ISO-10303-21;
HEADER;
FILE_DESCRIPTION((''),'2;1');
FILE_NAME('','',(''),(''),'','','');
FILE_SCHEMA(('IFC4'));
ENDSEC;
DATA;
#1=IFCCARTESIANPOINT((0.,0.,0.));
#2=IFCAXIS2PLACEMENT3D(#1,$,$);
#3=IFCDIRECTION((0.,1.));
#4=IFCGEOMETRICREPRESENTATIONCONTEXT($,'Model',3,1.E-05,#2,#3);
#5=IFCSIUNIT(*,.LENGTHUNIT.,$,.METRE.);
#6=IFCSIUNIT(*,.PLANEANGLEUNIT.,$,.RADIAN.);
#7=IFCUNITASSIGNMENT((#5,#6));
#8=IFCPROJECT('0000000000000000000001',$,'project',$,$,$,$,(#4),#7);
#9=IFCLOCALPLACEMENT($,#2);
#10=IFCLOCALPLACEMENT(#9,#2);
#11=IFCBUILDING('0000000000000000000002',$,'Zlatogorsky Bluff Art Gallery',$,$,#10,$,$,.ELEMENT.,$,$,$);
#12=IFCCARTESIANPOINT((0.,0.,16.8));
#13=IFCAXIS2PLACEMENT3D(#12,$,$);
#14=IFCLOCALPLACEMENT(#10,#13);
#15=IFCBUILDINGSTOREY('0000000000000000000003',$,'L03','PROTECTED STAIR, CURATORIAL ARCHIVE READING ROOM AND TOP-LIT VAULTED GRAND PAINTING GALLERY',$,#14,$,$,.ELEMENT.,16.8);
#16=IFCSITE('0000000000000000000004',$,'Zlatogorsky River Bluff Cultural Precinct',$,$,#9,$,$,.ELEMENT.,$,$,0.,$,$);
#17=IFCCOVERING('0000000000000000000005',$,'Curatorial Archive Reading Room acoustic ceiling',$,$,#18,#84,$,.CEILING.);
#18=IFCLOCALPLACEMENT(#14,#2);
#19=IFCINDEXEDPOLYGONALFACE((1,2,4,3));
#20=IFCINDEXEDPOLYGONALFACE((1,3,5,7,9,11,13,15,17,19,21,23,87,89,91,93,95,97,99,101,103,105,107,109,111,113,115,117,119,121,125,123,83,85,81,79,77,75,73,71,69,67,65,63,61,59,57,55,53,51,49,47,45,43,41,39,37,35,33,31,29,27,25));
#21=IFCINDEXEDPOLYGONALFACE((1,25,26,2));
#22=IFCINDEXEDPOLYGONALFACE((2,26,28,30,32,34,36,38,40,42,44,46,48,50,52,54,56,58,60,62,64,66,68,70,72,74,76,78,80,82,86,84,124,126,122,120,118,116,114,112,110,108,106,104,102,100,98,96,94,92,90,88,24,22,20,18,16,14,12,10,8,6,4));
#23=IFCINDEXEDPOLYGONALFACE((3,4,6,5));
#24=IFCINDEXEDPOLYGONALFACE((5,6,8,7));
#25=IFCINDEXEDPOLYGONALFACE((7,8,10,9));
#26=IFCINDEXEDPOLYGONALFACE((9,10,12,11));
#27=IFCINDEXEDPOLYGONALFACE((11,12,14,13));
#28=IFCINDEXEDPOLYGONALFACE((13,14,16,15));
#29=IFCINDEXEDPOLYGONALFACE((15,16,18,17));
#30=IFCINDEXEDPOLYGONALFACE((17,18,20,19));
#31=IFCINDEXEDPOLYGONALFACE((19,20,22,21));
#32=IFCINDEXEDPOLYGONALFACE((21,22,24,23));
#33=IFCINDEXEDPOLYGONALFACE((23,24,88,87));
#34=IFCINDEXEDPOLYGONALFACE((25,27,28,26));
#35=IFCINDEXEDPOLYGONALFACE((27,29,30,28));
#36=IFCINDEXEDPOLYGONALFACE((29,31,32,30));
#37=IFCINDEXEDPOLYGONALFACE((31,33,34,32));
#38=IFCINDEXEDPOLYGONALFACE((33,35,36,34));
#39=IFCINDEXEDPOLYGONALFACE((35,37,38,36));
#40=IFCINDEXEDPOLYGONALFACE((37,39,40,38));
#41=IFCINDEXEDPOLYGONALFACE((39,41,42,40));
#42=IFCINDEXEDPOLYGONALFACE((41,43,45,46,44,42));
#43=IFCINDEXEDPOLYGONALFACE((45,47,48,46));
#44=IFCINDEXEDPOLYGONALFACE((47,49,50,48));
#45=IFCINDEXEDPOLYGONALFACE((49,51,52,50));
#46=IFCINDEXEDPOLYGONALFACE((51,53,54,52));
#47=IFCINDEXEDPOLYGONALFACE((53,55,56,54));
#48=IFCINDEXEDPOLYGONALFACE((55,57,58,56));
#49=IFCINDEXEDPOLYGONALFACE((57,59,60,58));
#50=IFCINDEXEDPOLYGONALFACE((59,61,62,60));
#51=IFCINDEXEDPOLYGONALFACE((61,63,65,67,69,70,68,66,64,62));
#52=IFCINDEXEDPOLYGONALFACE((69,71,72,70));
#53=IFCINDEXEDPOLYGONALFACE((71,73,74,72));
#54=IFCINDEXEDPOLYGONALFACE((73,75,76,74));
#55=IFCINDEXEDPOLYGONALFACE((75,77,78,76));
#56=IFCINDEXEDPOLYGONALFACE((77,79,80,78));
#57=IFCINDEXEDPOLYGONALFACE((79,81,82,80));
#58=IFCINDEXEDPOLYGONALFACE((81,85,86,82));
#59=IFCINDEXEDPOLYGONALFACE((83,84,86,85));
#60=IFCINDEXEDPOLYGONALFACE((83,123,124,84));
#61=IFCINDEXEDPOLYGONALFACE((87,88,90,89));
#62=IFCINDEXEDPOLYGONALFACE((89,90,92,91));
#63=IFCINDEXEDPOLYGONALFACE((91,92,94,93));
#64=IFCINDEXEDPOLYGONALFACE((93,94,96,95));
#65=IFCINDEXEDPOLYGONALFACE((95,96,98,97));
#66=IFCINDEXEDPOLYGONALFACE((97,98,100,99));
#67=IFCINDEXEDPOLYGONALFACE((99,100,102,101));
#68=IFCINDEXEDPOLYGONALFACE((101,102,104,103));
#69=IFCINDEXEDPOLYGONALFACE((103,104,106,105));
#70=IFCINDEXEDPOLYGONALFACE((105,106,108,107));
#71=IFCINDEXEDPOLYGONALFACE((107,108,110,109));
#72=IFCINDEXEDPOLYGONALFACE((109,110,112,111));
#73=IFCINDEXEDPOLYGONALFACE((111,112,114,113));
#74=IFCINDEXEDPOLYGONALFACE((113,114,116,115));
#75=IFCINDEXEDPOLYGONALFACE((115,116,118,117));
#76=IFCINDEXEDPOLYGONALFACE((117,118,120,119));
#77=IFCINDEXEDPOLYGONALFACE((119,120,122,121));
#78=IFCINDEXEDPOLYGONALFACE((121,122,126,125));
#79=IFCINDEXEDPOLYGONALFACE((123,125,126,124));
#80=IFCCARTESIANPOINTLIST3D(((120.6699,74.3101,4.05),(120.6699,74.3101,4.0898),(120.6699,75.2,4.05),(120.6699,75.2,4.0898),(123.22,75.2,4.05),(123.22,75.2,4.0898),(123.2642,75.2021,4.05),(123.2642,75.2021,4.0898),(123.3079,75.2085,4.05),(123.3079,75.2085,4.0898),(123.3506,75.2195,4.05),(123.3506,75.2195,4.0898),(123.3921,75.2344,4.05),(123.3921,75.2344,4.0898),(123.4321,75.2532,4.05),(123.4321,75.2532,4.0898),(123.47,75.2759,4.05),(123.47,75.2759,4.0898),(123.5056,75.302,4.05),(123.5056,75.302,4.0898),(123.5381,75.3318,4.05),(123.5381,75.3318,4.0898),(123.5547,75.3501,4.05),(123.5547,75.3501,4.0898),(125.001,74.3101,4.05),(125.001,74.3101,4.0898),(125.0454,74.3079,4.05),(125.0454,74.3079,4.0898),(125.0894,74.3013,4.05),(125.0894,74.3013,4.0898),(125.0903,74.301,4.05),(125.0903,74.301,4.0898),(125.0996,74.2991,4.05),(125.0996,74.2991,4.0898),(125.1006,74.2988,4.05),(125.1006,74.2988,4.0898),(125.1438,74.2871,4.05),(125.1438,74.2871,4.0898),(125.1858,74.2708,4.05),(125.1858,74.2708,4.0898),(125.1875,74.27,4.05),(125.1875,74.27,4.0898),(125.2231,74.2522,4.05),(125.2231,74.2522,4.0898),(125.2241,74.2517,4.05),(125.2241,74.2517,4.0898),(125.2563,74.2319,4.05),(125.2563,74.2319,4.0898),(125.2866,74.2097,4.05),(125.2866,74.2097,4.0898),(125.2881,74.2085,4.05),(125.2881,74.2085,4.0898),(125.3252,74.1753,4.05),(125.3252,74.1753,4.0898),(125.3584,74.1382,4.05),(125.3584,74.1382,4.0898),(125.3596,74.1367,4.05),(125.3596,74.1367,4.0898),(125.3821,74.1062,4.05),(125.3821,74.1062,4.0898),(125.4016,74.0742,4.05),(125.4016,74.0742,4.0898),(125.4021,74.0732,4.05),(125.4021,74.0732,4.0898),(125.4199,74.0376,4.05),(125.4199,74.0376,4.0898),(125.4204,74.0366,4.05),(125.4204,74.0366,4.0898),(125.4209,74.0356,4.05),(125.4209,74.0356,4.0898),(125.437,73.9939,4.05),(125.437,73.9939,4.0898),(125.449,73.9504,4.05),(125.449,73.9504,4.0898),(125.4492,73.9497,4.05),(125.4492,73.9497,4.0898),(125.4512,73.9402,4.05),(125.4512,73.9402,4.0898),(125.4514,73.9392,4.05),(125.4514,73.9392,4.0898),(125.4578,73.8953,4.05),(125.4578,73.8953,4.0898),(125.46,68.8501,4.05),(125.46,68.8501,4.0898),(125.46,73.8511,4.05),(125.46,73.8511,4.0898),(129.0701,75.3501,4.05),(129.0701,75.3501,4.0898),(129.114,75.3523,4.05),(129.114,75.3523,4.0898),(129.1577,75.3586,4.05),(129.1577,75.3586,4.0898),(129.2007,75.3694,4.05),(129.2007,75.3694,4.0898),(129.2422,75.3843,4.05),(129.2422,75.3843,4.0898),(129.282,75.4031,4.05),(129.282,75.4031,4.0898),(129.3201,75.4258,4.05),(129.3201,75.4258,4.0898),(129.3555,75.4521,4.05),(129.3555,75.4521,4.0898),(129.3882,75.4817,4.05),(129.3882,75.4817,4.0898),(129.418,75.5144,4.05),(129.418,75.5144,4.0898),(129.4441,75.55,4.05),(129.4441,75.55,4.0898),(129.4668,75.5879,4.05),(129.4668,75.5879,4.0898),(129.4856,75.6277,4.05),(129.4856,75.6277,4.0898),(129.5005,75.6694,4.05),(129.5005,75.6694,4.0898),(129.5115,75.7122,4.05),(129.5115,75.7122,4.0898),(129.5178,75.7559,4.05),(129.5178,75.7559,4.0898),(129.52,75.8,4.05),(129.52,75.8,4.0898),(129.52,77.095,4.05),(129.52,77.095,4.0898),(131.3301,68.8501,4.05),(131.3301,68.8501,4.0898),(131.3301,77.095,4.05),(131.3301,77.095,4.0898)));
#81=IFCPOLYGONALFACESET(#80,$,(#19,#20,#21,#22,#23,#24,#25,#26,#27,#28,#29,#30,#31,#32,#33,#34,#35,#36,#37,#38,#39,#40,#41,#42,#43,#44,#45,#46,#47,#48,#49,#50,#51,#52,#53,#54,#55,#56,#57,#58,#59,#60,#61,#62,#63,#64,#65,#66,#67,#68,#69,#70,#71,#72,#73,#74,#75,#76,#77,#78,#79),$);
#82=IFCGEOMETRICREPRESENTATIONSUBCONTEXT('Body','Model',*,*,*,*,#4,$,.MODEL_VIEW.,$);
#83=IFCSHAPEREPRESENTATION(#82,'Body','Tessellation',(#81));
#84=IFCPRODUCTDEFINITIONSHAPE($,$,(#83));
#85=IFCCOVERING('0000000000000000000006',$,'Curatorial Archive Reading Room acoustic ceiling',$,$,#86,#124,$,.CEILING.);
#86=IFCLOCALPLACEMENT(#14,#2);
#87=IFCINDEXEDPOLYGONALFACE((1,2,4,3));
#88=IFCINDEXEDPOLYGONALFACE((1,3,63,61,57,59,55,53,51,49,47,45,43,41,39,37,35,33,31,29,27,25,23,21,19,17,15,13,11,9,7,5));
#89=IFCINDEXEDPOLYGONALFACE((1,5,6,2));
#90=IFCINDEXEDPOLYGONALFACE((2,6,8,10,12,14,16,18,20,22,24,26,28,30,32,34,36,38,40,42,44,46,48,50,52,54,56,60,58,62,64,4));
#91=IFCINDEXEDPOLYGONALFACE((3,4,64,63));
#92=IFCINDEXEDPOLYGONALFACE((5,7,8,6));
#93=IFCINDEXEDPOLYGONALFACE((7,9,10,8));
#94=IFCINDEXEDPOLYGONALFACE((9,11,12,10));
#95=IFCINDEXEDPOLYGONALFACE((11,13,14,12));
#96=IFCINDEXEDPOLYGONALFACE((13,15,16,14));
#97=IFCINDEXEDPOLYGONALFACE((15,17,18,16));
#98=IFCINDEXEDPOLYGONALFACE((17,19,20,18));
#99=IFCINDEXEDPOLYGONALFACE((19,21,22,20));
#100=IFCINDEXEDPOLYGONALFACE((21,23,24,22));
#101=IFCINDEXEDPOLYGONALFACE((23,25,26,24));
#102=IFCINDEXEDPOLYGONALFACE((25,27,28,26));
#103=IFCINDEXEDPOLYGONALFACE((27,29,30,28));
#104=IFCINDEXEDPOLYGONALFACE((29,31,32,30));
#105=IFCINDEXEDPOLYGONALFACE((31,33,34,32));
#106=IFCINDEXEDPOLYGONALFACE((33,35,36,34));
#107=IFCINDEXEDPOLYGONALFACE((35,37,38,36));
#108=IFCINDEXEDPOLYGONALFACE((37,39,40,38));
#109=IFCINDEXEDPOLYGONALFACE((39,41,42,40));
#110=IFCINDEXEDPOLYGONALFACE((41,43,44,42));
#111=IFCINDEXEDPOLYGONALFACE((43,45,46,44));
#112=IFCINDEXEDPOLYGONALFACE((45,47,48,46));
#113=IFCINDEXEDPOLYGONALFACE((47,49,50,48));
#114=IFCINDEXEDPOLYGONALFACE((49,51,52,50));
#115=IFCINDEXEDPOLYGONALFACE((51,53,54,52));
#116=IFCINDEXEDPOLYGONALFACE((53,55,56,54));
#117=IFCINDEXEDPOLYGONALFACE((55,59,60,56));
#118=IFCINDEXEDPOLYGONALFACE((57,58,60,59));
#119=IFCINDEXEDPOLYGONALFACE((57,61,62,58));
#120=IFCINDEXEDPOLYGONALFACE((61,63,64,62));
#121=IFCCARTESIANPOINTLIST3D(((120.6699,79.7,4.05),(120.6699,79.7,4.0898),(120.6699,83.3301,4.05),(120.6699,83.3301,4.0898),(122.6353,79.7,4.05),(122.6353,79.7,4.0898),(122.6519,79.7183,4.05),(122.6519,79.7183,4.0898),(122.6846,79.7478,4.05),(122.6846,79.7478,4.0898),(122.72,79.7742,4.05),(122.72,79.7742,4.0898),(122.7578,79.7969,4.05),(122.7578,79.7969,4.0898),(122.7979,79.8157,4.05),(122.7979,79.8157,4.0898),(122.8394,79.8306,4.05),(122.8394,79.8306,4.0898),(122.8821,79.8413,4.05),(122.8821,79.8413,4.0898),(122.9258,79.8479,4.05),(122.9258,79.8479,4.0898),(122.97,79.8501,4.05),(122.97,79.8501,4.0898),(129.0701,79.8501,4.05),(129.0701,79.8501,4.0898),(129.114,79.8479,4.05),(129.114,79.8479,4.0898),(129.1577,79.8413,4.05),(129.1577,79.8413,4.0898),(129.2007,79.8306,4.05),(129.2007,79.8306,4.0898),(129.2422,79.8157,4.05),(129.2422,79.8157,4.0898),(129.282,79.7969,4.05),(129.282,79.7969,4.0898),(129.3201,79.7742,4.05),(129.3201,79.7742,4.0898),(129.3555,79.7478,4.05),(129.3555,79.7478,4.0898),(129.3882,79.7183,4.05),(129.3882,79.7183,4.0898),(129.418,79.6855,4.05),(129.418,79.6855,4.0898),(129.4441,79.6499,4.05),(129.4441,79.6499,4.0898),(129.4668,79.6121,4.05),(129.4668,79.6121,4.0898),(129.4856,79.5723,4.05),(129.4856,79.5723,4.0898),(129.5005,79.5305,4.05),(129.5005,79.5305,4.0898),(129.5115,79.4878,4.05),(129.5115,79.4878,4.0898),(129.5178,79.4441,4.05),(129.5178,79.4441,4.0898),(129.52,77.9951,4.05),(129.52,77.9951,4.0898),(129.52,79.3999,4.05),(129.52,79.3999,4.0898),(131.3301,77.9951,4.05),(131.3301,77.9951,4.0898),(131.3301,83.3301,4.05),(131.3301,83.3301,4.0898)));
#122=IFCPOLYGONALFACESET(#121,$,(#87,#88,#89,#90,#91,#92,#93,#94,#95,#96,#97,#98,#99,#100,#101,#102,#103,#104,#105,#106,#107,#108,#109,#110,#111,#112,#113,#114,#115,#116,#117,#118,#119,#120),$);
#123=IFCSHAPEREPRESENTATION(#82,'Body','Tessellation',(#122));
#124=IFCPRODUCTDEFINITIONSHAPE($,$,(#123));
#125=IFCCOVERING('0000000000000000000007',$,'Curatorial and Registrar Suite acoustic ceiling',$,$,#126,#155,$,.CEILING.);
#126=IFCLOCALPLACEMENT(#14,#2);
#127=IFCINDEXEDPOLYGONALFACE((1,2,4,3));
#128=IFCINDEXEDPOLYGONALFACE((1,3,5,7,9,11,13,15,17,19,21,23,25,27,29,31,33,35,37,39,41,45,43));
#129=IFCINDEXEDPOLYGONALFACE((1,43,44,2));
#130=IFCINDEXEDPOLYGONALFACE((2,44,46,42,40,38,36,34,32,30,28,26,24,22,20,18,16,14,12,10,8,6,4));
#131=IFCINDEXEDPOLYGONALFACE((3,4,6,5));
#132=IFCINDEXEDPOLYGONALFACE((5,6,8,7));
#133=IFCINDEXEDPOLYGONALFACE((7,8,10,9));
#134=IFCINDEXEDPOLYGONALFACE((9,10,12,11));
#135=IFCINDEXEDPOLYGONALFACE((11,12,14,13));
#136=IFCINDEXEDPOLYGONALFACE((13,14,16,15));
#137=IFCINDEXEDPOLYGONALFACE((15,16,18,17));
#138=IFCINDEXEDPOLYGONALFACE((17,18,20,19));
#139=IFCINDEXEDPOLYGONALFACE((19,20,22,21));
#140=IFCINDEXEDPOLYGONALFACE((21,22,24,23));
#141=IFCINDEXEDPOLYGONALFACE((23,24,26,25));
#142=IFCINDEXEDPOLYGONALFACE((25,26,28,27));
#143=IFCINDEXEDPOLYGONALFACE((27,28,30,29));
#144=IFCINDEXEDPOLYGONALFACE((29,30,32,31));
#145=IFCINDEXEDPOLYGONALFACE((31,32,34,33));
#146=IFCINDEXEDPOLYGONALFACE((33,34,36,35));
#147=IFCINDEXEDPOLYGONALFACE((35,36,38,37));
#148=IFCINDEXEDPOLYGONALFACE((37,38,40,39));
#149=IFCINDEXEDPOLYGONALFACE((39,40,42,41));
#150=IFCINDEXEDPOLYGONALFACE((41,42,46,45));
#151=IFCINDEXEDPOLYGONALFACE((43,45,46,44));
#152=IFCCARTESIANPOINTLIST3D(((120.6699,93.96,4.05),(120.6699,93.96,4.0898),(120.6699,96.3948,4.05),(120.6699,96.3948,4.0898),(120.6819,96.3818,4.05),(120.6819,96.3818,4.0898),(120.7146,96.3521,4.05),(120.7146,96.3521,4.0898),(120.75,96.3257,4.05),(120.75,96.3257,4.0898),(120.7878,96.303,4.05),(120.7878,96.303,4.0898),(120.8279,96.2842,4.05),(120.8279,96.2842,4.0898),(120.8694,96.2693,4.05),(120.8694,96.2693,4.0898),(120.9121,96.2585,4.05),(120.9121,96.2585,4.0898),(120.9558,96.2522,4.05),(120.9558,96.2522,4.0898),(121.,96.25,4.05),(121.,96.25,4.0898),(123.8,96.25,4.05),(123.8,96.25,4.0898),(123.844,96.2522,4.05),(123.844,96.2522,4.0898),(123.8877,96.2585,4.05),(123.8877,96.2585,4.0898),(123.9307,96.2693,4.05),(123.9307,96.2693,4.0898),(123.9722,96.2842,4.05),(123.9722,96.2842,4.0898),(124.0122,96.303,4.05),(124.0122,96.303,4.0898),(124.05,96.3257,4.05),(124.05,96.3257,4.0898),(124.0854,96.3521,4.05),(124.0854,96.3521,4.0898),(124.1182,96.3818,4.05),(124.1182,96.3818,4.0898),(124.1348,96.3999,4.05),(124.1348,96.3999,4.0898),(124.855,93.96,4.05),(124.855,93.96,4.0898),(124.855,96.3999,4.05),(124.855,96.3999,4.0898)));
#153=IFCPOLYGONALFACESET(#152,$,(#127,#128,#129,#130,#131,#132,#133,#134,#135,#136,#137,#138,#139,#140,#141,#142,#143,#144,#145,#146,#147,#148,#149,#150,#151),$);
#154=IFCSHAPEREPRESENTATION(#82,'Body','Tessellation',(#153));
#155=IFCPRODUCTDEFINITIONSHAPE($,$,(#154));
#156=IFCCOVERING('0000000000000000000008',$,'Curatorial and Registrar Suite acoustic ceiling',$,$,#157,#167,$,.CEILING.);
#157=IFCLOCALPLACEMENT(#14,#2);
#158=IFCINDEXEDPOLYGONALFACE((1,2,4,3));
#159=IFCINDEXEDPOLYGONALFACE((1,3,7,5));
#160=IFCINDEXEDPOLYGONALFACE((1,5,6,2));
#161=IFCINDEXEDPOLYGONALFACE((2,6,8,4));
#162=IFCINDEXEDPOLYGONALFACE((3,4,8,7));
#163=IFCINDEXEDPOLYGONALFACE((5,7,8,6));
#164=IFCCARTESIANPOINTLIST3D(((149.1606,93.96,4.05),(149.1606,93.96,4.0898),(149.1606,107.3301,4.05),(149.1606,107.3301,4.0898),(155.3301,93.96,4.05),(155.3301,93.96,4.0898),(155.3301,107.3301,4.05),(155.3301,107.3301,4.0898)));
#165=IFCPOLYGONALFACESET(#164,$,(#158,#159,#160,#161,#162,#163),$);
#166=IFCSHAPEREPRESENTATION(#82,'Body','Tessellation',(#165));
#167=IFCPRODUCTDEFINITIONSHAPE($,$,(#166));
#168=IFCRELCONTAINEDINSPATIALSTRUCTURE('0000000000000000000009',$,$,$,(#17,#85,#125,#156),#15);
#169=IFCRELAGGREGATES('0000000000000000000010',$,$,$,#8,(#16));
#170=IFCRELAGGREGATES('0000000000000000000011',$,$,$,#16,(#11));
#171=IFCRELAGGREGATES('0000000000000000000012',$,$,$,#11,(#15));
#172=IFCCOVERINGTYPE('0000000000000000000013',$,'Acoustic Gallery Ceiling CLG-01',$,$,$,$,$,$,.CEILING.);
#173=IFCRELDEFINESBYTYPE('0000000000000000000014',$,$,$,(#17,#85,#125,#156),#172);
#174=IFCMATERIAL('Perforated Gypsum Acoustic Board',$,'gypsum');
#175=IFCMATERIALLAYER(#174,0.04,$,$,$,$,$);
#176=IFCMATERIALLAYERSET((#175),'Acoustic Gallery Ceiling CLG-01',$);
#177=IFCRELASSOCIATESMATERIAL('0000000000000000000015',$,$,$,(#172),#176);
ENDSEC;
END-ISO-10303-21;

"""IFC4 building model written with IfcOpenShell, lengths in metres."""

from ifc_helpers import new_model, si_unit, direction, frame, origin, place, context, subcontext, project, spatial, polyline, outline, extrude, material, layer, layer_set, type_object, element, save


model = new_model("IFC4")

# Units and contexts
model_context = context("Model", 3, precision=1e-05, world=origin(), true_north=direction((0.0, 1.0)))
body_context = subcontext(model_context, "Body", "Model", "MODEL_VIEW")
ifc_project = project(units=[si_unit("LENGTHUNIT", "METRE"), si_unit("PLANEANGLEUNIT", "RADIAN")], contexts=[model_context])

# Site, building, storey
site_placement = place(None, origin())
site = spatial("IfcSite", under=ifc_project, at=site_placement, Name="Zlatogorsky River Bluff Cultural Precinct", CompositionType="ELEMENT", RefElevation=0.0)
building_placement = place(site_placement, origin())
building = spatial("IfcBuilding", under=site, at=building_placement, Name="Zlatogorsky Bluff Art Gallery", CompositionType="ELEMENT")
storey_placement = place(building_placement, frame((0.0, 0.0, 16.8)))
storey = spatial("IfcBuildingStorey", under=building, at=storey_placement, Name="L03", Description="PROTECTED STAIR, CURATORIAL ARCHIVE READING ROOM AND TOP-LIT VAULTED GRAND PAINTING GALLERY", CompositionType="ELEMENT", Elevation=16.8)

# Coverings
ifc_material_1 = material(Name="Perforated Gypsum Acoustic Board", Category="gypsum")
ifc_layer_1 = layer(ifc_material_1, 0.04)
ifc_layer_set_1 = layer_set([ifc_layer_1], Name="Acoustic Gallery Ceiling CLG-01")
covering_type_1 = type_object("IfcCoveringType", Name="Acoustic Gallery Ceiling CLG-01", PredefinedType="CEILING", material=ifc_layer_set_1)
covering_1_placement = place(storey_placement, frame((0.0, 0.0, 4.05)))
element("IfcCovering", 1, at=covering_1_placement, inside=storey, type_object=covering_type_1, Name="Curatorial Archive Reading Room acoustic ceiling", PredefinedType="CEILING", context=body_context, shape_type="SweptSolid", body=[
    extrude(outline(polyline([(123.22, 75.2), (123.2642, 75.2021), (123.3079, 75.2085), (123.3506, 75.2195), (123.3921, 75.2344), (123.4321, 75.2532), (123.47, 75.2759), (123.5056, 75.302), (123.5381, 75.3318), (123.5547, 75.3501), (129.0701, 75.3501), (129.114, 75.3523), (129.1577, 75.3586), (129.2007, 75.3694), (129.2422, 75.3843), (129.282, 75.4031), (129.3201, 75.4258), (129.3555, 75.4521), (129.3882, 75.4817), (129.418, 75.5144), (129.4441, 75.55), (129.4668, 75.5879), (129.4856, 75.6277), (129.5005, 75.6694), (129.5115, 75.7122), (129.5178, 75.7559), (129.52, 75.8), (129.52, 77.095), (131.3301, 77.095), (131.3301, 68.8501), (125.46, 68.8501), (125.46, 73.8511), (125.4578, 73.8953), (125.4514, 73.9392), (125.4512, 73.9402), (125.4492, 73.9497), (125.449, 73.9504), (125.437, 73.9939), (125.4209, 74.0356), (125.4204, 74.0366), (125.4199, 74.0376), (125.4021, 74.0732), (125.4016, 74.0742), (125.3821, 74.1062), (125.3596, 74.1367), (125.3584, 74.1382), (125.3252, 74.1753), (125.2881, 74.2085), (125.2866, 74.2097), (125.2563, 74.2319), (125.2241, 74.2517), (125.2231, 74.2522), (125.1875, 74.27), (125.1858, 74.2708), (125.1438, 74.2871), (125.1006, 74.2988), (125.0996, 74.2991), (125.0903, 74.301), (125.0894, 74.3013), (125.0454, 74.3079), (125.001, 74.3101), (120.6699, 74.3101), (120.6699, 75.2), (123.22, 75.2)])), origin(), (0.0, 0.0, 1.0), 0.0398),
])
covering_2_placement = place(storey_placement, frame((0.0, 0.0, 4.05)))
element("IfcCovering", 2, at=covering_2_placement, inside=storey, type_object=covering_type_1, Name="Curatorial Archive Reading Room acoustic ceiling", PredefinedType="CEILING", context=body_context, shape_type="SweptSolid", body=[
    extrude(outline(polyline([(120.6699, 83.3301), (131.3301, 83.3301), (131.3301, 77.9951), (129.52, 77.9951), (129.52, 79.3999), (129.5178, 79.4441), (129.5115, 79.4878), (129.5005, 79.5305), (129.4856, 79.5723), (129.4668, 79.6121), (129.4441, 79.6499), (129.418, 79.6855), (129.3882, 79.7183), (129.3555, 79.7478), (129.3201, 79.7742), (129.282, 79.7969), (129.2422, 79.8157), (129.2007, 79.8306), (129.1577, 79.8413), (129.114, 79.8479), (129.0701, 79.8501), (122.97, 79.8501), (122.9258, 79.8479), (122.8821, 79.8413), (122.8394, 79.8306), (122.7979, 79.8157), (122.7578, 79.7969), (122.72, 79.7742), (122.6846, 79.7478), (122.6519, 79.7183), (122.6353, 79.7), (120.6699, 79.7), (120.6699, 83.3301)])), origin(), (0.0, 0.0, 1.0), 0.0398),
])
covering_3_placement = place(storey_placement, frame((0.0, 0.0, 4.05)))
element("IfcCovering", 3, at=covering_3_placement, inside=storey, type_object=covering_type_1, Name="Curatorial and Registrar Suite acoustic ceiling", PredefinedType="CEILING", context=body_context, shape_type="SweptSolid", body=[
    extrude(outline(polyline([(120.6699, 96.3948), (120.6819, 96.3818), (120.7146, 96.3521), (120.75, 96.3257), (120.7878, 96.303), (120.8279, 96.2842), (120.8694, 96.2693), (120.9121, 96.2585), (120.9558, 96.2522), (121.0, 96.25), (123.8, 96.25), (123.844, 96.2522), (123.8877, 96.2585), (123.9307, 96.2693), (123.9722, 96.2842), (124.0122, 96.303), (124.05, 96.3257), (124.0854, 96.3521), (124.1182, 96.3818), (124.1348, 96.3999), (124.855, 96.3999), (124.855, 93.96), (120.6699, 93.96), (120.6699, 96.3948)])), origin(), (0.0, 0.0, 1.0), 0.0398),
])
covering_4_placement = place(storey_placement, frame((0.0, 0.0, 4.05)))
element("IfcCovering", 4, at=covering_4_placement, inside=storey, type_object=covering_type_1, Name="Curatorial and Registrar Suite acoustic ceiling", PredefinedType="CEILING", context=body_context, shape_type="SweptSolid", body=[
    extrude(outline(polyline([(149.1606, 93.96), (149.1606, 107.3301), (155.3301, 107.3301), (155.3301, 93.96), (149.1606, 93.96)])), origin(), (0.0, 0.0, 1.0), 0.0398),
])

save(model, "model.ifc")
